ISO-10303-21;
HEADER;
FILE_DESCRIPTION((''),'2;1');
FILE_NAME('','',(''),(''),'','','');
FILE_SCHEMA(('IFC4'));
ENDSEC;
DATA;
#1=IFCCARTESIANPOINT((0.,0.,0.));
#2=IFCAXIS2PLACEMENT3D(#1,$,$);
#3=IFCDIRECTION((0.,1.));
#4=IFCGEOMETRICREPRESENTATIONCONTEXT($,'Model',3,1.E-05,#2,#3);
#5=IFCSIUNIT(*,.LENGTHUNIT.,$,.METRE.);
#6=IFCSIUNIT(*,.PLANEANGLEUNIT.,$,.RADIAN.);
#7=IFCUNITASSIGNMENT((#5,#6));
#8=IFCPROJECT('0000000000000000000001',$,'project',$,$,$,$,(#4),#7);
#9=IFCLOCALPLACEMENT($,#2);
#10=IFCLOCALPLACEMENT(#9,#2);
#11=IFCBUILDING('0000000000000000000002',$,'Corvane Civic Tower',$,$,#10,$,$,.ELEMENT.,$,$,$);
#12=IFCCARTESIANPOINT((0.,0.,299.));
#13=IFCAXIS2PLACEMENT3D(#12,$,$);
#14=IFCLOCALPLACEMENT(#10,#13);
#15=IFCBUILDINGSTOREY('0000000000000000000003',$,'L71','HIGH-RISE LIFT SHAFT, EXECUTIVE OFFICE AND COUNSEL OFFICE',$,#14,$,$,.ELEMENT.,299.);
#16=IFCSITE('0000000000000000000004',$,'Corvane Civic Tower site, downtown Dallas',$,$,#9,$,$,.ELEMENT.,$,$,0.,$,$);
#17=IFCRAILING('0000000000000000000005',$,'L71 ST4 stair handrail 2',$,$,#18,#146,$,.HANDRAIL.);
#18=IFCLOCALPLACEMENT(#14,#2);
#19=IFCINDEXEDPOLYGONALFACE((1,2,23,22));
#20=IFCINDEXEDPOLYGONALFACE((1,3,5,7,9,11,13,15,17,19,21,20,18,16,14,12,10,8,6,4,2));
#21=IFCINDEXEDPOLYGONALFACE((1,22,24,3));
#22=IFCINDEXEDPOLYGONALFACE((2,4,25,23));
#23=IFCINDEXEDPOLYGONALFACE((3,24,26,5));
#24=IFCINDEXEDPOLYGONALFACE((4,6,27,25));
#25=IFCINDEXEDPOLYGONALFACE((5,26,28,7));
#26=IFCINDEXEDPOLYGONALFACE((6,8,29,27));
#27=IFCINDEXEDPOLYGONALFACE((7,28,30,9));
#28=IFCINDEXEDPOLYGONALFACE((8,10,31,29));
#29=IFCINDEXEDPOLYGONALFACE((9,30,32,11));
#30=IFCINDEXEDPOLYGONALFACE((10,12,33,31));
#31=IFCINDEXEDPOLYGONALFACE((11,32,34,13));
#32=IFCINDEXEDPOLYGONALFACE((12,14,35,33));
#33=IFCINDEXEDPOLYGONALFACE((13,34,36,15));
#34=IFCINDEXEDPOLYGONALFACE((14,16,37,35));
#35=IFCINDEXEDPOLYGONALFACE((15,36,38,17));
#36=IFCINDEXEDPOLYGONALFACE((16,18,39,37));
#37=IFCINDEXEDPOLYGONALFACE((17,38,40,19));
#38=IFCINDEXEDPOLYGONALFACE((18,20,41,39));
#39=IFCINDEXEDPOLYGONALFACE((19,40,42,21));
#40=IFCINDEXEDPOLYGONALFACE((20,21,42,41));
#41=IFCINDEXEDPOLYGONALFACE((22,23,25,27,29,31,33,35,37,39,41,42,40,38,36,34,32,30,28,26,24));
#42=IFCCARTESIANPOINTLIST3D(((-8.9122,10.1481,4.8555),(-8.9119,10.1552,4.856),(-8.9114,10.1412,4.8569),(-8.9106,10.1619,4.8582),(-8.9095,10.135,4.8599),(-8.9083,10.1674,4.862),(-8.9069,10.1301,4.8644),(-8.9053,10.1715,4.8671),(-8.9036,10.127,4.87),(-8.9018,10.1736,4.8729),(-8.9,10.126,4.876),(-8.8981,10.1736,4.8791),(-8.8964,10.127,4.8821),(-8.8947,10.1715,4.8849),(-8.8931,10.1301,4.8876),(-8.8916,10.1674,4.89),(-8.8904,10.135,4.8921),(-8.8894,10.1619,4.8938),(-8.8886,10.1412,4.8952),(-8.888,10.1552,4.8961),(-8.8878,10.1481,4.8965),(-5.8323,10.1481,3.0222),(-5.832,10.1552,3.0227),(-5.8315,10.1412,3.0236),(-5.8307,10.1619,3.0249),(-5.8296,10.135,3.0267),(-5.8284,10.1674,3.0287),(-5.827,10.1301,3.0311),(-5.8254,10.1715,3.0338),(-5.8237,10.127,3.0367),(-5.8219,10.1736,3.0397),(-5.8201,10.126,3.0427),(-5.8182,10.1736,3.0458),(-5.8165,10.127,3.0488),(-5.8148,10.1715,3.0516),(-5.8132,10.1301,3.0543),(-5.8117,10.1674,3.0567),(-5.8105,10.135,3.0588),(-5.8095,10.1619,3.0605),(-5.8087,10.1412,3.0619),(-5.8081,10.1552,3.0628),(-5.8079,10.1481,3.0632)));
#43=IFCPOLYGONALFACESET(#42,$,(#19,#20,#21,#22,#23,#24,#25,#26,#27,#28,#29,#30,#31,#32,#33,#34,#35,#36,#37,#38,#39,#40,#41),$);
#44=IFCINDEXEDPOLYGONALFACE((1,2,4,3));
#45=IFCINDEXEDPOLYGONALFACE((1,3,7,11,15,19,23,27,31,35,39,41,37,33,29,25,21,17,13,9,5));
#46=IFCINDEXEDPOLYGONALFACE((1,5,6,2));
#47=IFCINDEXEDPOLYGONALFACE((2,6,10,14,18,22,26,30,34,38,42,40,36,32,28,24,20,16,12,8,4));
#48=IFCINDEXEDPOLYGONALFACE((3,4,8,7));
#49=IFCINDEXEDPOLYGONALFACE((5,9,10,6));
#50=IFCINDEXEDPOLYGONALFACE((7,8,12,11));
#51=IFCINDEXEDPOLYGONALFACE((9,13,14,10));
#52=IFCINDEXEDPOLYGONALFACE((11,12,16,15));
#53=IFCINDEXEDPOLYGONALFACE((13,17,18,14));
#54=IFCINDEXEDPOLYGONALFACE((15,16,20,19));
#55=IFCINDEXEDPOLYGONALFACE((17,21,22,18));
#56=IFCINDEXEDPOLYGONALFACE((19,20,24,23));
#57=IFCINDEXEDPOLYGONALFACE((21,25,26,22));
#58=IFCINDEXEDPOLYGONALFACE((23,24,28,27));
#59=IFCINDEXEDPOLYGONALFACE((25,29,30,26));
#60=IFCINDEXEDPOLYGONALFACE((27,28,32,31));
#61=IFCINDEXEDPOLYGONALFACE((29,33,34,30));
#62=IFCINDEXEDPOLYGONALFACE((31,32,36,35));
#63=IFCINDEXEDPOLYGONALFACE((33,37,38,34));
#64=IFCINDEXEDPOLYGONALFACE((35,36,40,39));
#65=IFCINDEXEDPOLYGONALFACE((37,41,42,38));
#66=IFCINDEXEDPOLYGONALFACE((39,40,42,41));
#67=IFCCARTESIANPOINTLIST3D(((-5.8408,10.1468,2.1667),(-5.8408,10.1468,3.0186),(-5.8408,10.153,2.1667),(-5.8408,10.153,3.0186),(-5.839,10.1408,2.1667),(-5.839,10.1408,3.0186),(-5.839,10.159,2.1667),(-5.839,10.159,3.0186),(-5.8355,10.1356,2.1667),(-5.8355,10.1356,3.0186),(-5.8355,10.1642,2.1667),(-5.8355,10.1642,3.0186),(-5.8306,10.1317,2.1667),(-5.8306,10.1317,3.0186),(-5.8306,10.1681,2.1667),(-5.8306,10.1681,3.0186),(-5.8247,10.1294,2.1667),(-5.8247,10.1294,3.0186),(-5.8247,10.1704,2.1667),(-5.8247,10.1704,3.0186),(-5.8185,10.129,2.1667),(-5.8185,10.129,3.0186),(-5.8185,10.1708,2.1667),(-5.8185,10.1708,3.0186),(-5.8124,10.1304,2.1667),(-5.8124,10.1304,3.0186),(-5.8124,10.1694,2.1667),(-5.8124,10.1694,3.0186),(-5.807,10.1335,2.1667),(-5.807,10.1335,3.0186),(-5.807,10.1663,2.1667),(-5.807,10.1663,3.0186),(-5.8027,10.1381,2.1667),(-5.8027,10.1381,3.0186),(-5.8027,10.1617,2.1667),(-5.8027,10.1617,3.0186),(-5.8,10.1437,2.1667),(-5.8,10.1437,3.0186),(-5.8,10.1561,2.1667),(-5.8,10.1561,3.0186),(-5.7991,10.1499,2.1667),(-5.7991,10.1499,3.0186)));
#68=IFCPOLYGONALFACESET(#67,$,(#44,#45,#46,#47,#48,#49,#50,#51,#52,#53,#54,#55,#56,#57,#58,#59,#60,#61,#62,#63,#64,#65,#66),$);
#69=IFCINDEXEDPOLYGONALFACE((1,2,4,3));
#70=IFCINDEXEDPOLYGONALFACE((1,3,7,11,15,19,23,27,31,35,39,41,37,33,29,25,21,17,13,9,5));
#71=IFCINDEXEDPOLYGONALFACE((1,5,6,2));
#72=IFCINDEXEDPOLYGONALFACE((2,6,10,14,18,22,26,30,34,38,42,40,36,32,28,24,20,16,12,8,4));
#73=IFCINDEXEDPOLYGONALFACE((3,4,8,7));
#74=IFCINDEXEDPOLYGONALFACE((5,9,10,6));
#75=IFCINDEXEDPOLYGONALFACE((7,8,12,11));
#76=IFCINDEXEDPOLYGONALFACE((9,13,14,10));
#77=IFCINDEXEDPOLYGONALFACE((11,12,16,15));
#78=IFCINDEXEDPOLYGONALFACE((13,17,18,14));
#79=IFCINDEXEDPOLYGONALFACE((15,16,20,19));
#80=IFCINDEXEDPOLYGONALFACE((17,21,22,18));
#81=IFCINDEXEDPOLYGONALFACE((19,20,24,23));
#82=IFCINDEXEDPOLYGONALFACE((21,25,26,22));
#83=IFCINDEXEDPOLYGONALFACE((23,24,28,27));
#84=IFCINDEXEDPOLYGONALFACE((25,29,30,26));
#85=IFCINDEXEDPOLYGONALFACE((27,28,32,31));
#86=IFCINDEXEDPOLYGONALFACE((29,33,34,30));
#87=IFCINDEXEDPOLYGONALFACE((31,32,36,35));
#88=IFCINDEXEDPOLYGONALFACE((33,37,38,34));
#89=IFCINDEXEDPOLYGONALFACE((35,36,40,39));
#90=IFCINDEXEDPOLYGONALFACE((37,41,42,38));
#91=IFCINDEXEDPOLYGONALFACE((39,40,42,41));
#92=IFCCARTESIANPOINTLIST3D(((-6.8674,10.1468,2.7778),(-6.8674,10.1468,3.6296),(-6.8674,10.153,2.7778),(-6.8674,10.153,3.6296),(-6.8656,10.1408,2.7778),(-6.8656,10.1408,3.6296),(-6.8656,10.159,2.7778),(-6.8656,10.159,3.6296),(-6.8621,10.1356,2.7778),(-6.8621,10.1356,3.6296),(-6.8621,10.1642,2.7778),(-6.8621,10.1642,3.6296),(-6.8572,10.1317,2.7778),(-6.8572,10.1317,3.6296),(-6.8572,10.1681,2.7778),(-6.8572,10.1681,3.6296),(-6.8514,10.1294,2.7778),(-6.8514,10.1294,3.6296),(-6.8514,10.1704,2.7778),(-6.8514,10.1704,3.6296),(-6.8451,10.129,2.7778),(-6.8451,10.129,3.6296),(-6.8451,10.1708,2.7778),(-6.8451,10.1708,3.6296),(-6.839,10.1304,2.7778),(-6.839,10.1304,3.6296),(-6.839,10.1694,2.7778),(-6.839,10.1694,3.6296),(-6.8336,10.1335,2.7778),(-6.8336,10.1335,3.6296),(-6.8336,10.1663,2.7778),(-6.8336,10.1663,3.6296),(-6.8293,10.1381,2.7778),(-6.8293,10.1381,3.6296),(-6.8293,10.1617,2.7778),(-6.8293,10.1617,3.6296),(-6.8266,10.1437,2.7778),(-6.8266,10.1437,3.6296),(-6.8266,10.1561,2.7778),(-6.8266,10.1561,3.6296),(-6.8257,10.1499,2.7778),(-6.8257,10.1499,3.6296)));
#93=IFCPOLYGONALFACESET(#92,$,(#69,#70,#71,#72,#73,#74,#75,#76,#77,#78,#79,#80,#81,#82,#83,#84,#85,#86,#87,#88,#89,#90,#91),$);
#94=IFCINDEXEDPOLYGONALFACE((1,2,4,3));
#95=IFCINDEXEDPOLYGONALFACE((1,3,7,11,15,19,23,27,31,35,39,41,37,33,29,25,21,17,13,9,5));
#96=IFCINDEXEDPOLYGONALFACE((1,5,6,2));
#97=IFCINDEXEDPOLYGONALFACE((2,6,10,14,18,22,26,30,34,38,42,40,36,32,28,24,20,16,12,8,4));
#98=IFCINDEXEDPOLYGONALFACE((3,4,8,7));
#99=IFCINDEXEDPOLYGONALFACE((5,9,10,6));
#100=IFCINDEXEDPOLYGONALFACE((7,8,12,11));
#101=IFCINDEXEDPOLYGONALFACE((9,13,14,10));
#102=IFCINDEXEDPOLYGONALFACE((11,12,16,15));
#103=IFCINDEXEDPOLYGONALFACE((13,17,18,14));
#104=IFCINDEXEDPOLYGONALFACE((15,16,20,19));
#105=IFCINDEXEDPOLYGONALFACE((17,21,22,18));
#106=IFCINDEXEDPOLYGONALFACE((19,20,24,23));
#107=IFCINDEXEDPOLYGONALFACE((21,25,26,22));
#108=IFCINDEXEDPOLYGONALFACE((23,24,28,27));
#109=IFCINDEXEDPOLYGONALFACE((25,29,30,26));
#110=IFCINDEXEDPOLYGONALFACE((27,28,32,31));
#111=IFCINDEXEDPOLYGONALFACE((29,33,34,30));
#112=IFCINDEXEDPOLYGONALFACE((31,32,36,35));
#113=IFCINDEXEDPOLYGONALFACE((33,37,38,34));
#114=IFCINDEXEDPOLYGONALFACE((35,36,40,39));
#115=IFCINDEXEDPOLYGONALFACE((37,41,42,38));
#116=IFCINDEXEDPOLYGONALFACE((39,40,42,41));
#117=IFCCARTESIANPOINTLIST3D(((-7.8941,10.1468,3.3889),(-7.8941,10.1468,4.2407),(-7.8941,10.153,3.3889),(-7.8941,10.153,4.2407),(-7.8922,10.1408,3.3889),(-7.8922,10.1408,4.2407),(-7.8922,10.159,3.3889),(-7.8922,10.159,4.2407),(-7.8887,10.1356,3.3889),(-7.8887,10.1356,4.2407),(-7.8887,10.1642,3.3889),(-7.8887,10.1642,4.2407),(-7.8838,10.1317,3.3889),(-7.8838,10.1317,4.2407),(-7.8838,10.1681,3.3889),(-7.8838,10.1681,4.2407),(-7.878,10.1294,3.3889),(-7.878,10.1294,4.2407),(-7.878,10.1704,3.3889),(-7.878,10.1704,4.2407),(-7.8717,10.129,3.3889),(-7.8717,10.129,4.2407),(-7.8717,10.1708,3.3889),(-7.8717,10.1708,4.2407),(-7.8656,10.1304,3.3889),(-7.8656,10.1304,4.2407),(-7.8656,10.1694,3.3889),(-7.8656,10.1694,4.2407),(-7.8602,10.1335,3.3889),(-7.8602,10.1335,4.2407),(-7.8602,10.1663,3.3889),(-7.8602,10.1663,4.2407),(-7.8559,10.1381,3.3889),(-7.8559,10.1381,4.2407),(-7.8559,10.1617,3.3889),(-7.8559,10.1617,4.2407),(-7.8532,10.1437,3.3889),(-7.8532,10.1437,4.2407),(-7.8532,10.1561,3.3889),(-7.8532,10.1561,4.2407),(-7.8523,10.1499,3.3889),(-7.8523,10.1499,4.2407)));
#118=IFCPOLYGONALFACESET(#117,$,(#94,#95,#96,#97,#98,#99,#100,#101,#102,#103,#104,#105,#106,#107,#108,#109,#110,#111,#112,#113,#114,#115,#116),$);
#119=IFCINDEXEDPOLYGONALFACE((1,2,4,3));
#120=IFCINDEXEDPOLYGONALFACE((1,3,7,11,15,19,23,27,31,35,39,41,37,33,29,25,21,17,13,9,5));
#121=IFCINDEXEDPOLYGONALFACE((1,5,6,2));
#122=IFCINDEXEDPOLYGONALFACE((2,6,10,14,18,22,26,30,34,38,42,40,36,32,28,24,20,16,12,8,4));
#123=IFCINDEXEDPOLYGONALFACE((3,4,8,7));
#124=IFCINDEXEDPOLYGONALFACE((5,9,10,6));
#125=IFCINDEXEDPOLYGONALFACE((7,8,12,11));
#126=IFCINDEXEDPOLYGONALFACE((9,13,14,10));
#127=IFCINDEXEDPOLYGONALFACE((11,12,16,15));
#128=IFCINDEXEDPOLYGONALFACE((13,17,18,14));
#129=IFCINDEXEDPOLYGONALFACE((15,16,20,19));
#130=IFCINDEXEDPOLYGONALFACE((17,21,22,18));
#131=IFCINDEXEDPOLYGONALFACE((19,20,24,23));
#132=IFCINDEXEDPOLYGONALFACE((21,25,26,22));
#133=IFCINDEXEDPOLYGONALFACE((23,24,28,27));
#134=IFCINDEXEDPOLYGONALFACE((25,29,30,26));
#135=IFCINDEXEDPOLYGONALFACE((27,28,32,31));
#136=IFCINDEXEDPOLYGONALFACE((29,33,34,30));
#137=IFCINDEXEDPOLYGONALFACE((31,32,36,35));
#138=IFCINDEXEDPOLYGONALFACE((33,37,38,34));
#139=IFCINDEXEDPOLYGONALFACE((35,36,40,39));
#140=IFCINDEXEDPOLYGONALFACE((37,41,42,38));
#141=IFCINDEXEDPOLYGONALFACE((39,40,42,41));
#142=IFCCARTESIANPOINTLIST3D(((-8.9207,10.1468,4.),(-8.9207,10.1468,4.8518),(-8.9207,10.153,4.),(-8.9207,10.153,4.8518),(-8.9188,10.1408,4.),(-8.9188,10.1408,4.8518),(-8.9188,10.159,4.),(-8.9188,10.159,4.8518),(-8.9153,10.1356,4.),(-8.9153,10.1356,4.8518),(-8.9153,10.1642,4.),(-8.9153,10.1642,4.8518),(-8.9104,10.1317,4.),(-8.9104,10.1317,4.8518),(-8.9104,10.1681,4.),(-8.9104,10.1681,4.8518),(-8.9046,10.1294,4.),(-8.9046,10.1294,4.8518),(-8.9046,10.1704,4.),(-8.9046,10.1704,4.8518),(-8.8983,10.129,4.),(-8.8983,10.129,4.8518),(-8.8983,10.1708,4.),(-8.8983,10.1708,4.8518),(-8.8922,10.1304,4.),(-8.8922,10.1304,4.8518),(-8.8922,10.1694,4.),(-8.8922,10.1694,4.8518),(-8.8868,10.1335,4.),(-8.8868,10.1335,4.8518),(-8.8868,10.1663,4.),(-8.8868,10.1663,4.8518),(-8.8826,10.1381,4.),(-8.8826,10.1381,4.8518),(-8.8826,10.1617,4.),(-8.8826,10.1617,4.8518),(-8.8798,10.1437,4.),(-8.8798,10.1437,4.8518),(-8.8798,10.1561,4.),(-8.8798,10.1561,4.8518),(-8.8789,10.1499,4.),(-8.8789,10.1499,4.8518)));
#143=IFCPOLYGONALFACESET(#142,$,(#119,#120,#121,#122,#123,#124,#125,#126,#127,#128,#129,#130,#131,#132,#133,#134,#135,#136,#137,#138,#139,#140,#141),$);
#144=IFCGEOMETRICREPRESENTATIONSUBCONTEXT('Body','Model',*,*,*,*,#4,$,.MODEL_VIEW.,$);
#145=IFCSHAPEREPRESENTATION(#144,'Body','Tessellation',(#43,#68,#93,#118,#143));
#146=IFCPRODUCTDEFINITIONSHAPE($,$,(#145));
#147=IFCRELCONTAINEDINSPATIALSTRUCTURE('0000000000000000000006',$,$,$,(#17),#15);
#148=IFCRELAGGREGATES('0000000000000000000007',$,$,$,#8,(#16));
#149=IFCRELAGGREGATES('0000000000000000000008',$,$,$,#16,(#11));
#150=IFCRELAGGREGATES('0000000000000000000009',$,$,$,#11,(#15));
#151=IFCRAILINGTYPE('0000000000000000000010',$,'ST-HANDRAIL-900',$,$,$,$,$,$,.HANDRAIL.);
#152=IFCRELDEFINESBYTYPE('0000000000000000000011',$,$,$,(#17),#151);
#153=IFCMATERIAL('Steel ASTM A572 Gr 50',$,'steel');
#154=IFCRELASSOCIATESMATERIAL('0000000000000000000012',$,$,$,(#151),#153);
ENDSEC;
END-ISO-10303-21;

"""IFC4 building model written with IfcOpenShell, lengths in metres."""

from ifc_helpers import new_model, si_unit, direction, frame, origin, origin_2d, place, context, subcontext, project, spatial, circle, extrude, material, type_object, element, save


model = new_model("IFC4")

# Units and contexts
model_context = context("Model", 3, precision=1e-05, world=origin(), true_north=direction((0.0, 1.0)))
body_context = subcontext(model_context, "Body", "Model", "MODEL_VIEW")
ifc_project = project(units=[si_unit("LENGTHUNIT", "METRE"), si_unit("PLANEANGLEUNIT", "RADIAN")], contexts=[model_context])

# Site, building, storey
site_placement = place(None, origin())
site = spatial("IfcSite", under=ifc_project, at=site_placement, Name="Corvane Civic Tower site, downtown Dallas", CompositionType="ELEMENT", RefElevation=0.0)
building_placement = place(site_placement, origin())
building = spatial("IfcBuilding", under=site, at=building_placement, Name="Corvane Civic Tower", CompositionType="ELEMENT")
storey_placement = place(building_placement, frame((0.0, 0.0, 299.0)))
storey = spatial("IfcBuildingStorey", under=building, at=storey_placement, Name="L71", Description="HIGH-RISE LIFT SHAFT, EXECUTIVE OFFICE AND COUNSEL OFFICE", CompositionType="ELEMENT", Elevation=299.0)

# Railing
ifc_material_1 = material(Name="Steel ASTM A572 Gr 50", Category="steel")
railing_type_1 = type_object("IfcRailingType", Name="ST-HANDRAIL-900", PredefinedType="HANDRAIL", material=ifc_material_1)
railing_1_placement = place(storey_placement, frame((-5.8201, 10.1499, 2.1667)))
element("IfcRailing", 1, at=railing_1_placement, inside=storey, type_object=railing_type_1, Name="L71 ST4 stair handrail 2", PredefinedType="HANDRAIL", context=body_context, shape_type="SweptSolid", body=[
    extrude(circle(Radius=0.0239, at=origin_2d()), frame((0.0, 0.0, 0.876), z_axis=(-0.859291, 0.0, 0.511487), x_axis=(0.0, -1.0, 0.0)), (0.0, 0.0, 1.0), 3.5842),
    extrude(circle(Radius=0.021, at=origin_2d()), origin(), (0.0, 0.0, 1.0), 0.8518),
    extrude(circle(Radius=0.021, at=origin_2d()), frame((-1.0266, 0.0, 0.6111)), (0.0, 0.0, 1.0), 0.8518),
    extrude(circle(Radius=0.021, at=origin_2d()), frame((-2.0532, 0.0, 1.2222)), (0.0, 0.0, 1.0), 0.8518),
    extrude(circle(Radius=0.021, at=origin_2d()), frame((-3.0798, 0.0, 1.8333)), (0.0, 0.0, 1.0), 0.8518),
])

save(model, "model.ifc")
